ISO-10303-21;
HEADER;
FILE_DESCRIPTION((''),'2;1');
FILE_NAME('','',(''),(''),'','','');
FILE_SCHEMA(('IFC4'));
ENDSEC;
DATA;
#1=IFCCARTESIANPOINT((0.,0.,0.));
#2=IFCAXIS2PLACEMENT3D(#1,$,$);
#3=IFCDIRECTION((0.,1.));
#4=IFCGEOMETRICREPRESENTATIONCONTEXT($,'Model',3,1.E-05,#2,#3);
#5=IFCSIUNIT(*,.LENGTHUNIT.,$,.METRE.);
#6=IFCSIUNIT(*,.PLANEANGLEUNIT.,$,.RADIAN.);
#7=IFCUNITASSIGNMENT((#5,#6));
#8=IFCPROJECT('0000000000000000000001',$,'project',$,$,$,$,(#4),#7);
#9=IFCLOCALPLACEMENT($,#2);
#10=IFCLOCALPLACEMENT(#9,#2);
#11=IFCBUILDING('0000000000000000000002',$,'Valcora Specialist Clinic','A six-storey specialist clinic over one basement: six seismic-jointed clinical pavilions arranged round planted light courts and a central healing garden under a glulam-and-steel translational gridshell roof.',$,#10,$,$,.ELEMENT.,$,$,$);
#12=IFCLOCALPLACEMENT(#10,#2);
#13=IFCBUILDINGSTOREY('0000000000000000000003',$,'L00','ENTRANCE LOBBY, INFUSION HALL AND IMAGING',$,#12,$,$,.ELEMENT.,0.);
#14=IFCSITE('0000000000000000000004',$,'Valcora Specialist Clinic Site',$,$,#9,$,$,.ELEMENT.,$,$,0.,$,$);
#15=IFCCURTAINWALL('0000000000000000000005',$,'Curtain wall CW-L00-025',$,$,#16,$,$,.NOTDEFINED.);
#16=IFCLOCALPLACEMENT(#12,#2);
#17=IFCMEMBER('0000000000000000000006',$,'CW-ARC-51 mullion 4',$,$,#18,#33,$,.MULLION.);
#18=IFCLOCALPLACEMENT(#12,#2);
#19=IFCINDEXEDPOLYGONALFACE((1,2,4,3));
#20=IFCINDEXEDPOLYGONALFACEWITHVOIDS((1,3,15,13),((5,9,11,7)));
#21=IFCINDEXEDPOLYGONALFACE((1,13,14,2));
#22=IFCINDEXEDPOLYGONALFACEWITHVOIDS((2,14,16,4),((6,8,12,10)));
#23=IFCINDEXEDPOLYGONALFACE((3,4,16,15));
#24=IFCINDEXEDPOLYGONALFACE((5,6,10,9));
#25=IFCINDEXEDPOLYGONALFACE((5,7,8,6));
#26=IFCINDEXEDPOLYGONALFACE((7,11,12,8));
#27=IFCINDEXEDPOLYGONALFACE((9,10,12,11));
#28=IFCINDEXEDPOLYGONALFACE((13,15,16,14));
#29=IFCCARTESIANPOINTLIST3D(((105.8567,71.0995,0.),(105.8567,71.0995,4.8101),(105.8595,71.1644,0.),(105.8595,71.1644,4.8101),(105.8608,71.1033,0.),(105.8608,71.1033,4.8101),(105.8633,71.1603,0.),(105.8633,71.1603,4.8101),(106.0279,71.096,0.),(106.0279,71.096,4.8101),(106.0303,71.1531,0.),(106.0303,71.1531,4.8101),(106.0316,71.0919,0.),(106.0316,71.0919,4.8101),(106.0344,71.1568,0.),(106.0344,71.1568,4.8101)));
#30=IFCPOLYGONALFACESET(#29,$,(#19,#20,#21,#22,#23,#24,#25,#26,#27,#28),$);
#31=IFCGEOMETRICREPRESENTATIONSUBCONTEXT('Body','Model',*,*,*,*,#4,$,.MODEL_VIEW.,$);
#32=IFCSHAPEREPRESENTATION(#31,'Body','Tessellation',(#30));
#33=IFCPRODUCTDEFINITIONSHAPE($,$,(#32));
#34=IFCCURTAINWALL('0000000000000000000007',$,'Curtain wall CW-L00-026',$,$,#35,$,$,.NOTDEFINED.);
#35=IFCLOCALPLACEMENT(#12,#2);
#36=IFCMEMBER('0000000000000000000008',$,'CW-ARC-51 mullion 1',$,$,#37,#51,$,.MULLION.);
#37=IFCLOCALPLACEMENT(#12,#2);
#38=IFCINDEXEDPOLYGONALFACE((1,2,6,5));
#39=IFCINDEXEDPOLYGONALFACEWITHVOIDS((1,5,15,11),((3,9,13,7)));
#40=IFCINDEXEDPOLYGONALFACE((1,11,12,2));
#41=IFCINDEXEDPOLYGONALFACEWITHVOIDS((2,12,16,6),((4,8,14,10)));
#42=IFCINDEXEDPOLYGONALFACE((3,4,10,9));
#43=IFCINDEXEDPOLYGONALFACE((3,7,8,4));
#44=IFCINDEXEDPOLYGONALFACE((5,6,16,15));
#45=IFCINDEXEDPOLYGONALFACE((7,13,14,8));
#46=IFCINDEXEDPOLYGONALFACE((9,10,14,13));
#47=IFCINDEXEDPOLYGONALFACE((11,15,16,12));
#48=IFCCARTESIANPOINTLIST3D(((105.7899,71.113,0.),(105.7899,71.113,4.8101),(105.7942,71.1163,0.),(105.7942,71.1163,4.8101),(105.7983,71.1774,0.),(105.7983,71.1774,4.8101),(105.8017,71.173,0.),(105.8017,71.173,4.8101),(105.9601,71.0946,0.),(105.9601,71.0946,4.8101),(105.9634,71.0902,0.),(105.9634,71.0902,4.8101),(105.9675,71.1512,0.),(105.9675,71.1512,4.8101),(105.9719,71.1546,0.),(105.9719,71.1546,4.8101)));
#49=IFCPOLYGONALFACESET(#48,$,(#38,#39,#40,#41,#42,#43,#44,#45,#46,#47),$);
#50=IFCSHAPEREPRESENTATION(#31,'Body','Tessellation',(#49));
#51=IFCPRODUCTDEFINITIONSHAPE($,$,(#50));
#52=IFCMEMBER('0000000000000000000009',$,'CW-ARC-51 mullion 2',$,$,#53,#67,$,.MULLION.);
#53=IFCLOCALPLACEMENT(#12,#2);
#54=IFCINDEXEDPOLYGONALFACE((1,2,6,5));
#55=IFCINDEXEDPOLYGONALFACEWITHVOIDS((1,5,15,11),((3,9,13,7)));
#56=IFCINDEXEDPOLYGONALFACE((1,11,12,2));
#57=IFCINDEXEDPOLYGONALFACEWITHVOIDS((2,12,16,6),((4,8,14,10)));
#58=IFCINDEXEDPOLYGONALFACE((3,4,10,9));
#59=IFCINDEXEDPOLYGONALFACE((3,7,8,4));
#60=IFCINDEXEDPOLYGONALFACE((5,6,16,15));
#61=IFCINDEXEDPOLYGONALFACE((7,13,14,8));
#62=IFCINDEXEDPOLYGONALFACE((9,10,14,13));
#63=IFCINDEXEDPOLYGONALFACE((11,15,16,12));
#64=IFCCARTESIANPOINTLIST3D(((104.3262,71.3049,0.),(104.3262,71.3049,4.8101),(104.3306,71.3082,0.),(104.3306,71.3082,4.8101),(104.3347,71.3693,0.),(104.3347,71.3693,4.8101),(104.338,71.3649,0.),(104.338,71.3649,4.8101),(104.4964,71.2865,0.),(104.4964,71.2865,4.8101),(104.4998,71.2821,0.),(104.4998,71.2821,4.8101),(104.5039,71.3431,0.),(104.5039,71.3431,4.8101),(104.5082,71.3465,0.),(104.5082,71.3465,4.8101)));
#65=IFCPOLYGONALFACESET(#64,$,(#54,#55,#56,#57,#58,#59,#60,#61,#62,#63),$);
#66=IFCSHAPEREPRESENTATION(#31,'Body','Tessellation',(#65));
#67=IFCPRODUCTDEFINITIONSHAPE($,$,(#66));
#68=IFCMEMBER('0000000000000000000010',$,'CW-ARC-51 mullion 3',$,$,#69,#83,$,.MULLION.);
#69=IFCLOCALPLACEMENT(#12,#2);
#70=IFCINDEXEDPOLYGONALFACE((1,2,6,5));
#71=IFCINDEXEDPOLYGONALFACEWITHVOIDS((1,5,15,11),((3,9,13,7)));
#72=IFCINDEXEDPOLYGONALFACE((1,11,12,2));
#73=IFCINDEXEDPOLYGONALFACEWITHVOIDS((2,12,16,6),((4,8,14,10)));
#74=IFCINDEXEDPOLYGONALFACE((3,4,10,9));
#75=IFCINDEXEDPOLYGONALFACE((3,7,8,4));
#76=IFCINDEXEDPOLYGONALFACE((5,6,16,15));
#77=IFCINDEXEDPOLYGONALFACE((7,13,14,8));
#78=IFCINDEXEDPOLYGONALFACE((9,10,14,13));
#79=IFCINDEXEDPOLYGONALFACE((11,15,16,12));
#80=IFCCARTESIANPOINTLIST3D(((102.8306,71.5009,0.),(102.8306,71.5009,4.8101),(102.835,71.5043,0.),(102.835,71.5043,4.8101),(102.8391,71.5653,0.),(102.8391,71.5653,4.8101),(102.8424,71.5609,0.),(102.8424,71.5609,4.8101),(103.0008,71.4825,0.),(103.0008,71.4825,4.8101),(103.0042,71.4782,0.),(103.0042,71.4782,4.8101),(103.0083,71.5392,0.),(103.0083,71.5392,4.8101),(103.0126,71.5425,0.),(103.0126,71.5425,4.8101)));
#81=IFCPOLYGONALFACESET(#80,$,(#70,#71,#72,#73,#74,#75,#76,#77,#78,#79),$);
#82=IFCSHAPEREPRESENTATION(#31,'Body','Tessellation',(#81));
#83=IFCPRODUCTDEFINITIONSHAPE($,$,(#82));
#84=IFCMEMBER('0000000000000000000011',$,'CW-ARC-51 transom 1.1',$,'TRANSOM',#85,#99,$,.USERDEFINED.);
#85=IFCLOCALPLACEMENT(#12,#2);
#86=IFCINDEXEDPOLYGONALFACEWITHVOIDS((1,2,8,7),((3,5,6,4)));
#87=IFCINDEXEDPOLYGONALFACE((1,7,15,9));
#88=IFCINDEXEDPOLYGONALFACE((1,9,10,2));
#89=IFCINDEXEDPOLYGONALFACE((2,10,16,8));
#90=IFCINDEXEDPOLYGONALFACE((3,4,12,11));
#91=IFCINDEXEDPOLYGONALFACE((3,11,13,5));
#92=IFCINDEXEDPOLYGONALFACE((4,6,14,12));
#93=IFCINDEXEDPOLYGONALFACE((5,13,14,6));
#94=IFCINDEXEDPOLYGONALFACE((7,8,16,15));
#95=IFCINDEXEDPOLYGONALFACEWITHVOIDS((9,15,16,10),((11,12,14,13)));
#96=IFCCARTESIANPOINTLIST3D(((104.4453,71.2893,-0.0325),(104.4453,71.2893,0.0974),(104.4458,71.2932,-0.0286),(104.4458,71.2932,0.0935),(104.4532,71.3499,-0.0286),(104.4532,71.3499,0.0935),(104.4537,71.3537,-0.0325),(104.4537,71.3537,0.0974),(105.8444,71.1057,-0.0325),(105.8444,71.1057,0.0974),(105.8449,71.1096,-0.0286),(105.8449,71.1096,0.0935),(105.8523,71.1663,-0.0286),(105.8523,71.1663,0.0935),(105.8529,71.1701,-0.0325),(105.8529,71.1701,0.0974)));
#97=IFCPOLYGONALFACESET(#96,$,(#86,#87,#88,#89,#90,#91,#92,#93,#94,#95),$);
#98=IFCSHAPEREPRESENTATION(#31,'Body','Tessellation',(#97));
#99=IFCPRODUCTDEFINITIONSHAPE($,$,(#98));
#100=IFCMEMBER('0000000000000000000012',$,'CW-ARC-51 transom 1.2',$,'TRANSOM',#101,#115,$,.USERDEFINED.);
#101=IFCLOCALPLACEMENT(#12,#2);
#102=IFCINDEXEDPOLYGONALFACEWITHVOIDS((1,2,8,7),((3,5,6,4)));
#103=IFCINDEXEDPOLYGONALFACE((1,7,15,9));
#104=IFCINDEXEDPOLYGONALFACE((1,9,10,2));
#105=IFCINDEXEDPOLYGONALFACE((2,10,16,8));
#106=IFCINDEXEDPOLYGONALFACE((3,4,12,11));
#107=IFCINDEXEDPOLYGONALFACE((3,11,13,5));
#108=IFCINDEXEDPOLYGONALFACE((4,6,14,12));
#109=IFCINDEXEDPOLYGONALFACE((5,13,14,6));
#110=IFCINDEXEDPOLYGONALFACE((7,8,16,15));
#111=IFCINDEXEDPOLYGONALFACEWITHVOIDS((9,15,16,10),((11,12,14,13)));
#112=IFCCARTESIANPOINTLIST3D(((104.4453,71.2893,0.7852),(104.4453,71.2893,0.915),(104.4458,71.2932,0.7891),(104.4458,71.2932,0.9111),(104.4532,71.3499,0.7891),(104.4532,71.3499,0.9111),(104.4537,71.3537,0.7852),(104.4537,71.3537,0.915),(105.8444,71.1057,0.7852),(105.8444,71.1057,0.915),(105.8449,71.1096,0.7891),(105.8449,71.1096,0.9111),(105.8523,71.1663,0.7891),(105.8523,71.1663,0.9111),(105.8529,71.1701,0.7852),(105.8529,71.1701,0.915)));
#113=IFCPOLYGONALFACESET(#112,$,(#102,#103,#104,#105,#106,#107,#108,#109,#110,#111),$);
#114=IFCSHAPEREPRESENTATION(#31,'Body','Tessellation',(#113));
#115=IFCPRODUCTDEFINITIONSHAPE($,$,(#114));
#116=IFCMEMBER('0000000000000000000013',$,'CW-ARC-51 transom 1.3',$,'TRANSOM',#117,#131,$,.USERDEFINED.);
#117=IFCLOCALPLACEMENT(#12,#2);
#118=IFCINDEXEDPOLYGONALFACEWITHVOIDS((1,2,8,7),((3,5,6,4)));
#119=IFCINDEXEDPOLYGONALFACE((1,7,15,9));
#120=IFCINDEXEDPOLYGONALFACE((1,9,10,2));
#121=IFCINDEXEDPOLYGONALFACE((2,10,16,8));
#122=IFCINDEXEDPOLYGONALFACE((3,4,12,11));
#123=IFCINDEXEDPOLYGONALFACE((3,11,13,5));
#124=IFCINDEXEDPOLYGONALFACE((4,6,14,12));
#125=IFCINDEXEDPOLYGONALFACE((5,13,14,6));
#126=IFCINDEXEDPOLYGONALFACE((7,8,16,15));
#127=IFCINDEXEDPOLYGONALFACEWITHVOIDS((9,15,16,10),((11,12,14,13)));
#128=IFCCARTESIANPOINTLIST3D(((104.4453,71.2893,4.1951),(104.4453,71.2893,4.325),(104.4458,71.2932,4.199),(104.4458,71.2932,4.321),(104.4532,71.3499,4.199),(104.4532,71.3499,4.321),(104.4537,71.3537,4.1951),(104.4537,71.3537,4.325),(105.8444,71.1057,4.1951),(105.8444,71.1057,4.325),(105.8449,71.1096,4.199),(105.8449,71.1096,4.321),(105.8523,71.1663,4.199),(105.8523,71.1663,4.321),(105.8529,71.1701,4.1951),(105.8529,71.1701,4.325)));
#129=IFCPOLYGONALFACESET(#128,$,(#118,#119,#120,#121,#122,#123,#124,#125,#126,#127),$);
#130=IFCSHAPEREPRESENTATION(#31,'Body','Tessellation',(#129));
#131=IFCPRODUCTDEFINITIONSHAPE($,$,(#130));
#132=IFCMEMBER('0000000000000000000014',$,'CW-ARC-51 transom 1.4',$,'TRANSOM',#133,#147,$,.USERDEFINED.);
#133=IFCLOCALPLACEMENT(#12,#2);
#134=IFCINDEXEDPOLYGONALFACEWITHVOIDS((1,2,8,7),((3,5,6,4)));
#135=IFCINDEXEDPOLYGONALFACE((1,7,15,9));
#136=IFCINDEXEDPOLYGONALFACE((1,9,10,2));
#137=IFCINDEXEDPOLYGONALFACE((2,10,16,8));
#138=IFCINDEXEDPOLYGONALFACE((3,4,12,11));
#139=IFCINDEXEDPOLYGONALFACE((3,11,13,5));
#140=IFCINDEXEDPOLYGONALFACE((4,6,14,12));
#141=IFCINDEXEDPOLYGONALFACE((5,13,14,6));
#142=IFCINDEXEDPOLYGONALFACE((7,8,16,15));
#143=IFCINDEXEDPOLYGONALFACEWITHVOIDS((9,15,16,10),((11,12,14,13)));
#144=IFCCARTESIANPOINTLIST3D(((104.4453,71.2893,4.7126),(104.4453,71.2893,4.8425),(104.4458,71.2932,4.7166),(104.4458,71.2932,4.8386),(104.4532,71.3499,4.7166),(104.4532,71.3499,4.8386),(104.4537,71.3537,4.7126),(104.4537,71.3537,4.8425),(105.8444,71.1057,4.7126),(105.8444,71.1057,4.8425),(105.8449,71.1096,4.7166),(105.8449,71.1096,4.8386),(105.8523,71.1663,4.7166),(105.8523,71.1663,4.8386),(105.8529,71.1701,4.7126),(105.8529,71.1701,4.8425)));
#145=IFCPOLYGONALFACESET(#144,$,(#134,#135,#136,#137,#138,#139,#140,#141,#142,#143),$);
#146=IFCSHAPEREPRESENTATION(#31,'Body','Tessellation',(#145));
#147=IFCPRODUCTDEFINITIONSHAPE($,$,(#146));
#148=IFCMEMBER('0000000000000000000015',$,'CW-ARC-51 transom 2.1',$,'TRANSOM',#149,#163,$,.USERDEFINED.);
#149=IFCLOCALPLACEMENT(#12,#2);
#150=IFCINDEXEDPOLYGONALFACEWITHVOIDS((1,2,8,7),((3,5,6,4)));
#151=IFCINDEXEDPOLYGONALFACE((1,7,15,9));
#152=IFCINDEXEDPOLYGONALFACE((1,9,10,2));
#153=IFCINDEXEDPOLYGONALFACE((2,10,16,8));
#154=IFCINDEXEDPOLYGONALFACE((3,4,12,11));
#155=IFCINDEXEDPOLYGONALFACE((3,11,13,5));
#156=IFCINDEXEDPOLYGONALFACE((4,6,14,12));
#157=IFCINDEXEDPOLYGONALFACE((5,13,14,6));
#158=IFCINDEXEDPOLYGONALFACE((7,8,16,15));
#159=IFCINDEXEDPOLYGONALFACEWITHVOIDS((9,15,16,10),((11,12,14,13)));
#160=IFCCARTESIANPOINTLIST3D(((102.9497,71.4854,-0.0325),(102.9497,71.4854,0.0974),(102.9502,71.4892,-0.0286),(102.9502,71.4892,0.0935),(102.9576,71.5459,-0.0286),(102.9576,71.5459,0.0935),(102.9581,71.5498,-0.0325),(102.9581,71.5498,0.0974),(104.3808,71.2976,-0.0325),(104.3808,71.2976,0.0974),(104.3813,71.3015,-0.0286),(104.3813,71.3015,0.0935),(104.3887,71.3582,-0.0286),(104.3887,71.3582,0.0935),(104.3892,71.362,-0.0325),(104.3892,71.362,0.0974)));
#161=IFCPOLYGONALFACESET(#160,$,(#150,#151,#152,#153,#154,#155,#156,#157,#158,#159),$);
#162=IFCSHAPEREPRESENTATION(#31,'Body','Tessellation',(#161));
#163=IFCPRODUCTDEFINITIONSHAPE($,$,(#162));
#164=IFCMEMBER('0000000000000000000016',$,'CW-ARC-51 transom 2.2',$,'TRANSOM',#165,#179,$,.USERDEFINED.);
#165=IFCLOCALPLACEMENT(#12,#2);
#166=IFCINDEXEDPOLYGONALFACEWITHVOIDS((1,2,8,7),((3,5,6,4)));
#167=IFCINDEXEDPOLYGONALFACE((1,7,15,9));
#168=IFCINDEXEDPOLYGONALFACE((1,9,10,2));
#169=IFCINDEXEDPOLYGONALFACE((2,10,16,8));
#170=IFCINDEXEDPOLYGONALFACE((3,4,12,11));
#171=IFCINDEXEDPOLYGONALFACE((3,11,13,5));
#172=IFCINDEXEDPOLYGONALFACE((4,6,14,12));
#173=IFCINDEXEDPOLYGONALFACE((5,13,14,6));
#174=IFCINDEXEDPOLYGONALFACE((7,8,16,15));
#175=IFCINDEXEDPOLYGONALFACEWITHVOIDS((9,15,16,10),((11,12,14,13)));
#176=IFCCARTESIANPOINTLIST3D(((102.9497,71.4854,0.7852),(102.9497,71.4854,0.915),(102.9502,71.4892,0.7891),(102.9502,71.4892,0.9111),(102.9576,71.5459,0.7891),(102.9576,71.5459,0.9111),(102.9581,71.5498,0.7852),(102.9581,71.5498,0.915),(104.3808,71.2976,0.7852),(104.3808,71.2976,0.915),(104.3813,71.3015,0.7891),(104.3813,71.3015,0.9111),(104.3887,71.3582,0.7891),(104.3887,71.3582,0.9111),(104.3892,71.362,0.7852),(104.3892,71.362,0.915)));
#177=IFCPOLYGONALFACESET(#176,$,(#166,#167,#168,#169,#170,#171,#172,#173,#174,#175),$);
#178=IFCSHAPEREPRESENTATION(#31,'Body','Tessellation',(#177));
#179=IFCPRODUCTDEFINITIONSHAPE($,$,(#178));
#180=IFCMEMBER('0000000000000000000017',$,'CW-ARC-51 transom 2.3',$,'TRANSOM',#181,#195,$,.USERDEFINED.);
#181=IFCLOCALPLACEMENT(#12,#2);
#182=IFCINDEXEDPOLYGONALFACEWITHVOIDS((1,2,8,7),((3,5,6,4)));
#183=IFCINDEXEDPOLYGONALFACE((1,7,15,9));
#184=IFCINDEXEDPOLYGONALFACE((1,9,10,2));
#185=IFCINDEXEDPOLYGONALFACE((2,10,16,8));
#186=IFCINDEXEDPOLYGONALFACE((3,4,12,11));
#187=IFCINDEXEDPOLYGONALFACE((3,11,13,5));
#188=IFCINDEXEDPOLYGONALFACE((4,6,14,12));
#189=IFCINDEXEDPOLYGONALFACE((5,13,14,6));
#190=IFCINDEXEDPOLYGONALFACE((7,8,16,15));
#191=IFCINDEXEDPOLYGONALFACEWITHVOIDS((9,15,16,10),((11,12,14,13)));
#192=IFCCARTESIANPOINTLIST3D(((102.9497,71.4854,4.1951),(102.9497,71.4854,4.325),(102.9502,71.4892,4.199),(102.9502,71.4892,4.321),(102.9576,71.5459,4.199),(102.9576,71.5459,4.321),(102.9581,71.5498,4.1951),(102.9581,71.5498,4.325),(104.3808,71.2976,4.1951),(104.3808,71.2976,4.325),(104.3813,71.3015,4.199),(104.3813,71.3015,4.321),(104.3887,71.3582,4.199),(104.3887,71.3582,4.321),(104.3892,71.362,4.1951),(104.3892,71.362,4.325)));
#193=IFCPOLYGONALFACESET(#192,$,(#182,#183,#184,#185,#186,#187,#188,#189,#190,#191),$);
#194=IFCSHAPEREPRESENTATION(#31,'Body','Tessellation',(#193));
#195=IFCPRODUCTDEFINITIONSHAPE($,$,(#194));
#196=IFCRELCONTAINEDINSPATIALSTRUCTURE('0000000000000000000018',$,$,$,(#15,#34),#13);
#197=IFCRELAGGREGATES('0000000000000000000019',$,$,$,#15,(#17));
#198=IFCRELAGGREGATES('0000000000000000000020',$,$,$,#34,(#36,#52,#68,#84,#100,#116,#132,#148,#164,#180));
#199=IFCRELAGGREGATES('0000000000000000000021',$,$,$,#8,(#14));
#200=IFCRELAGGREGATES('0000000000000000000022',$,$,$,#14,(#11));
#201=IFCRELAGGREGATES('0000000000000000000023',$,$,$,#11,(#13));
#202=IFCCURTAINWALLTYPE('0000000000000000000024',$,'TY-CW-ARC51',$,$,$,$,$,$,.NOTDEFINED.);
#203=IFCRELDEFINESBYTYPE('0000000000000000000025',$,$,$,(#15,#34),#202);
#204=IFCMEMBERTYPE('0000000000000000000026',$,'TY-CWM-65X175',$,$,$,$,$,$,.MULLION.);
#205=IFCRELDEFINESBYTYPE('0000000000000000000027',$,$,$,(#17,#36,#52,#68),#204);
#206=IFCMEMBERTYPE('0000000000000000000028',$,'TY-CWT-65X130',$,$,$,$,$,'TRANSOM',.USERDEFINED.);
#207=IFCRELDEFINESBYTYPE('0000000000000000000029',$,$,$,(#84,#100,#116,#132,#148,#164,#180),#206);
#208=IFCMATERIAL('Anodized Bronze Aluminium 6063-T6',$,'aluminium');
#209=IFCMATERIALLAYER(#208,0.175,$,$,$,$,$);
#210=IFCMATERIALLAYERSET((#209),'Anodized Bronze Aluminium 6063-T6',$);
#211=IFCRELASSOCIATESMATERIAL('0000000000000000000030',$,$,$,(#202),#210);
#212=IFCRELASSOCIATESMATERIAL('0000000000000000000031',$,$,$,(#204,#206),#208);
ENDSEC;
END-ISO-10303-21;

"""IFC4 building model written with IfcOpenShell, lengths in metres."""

from ifc_helpers import new_model, si_unit, direction, frame, origin, origin_2d, place, context, subcontext, project, spatial, hollow_rectangle, extrude, material, layer, layer_set, material_profile, profile_set, type_object, element, aggregate, save


model = new_model("IFC4")

# Units and contexts
model_context = context("Model", 3, precision=1e-05, world=origin(), true_north=direction((0.0, 1.0)))
body_context = subcontext(model_context, "Body", "Model", "MODEL_VIEW")
ifc_project = project(units=[si_unit("LENGTHUNIT", "METRE"), si_unit("PLANEANGLEUNIT", "RADIAN")], contexts=[model_context])

# Site, building, storey
site_placement = place(None, origin())
site = spatial("IfcSite", under=ifc_project, at=site_placement, Name="Valcora Specialist Clinic Site", CompositionType="ELEMENT", RefElevation=0.0)
building_placement = place(site_placement, origin())
building = spatial("IfcBuilding", under=site, at=building_placement, Name="Valcora Specialist Clinic", Description="A six-storey specialist clinic over one basement: six seismic-jointed clinical pavilions arranged round planted light courts and a central healing garden under a glulam-and-steel translational gridshell roof.", CompositionType="ELEMENT")
storey_placement = place(building_placement, origin())
storey = spatial("IfcBuildingStorey", under=building, at=storey_placement, Name="L00", Description="ENTRANCE LOBBY, INFUSION HALL AND IMAGING", CompositionType="ELEMENT", Elevation=0.0)

# Curtain wall, member
ifc_material_1 = material(Name="Anodized Bronze Aluminium 6063-T6", Category="aluminium")
ifc_layer_1 = layer(ifc_material_1, 0.175)
ifc_layer_set_1 = layer_set([ifc_layer_1], Name="Anodized Bronze Aluminium 6063-T6")
curtain_wall_type = type_object("IfcCurtainWallType", Name="TY-CW-ARC51", PredefinedType="NOTDEFINED", material=ifc_layer_set_1)
curtain_wall_1_placement = place(storey_placement, origin())
curtain_wall_1 = element("IfcCurtainWall", 1, at=curtain_wall_1_placement, inside=storey, type_object=curtain_wall_type, Name="Curtain wall CW-L00-025", PredefinedType="NOTDEFINED")
ifc_material_profile_1 = material_profile(ifc_material_1, hollow_rectangle(XDim=0.0649, YDim=0.175, WallThickness=0.0039, at=origin_2d()), Name="AL-MUL-65X175")
ifc_profile_set_1 = profile_set([ifc_material_profile_1], Name="Anodized Bronze Aluminium 6063-T6")
member_type_1 = type_object("IfcMemberType", Name="TY-CWM-65X175", PredefinedType="MULLION", material=ifc_profile_set_1)
member_1_placement = place(storey_placement, frame((105.9456, 71.1282, 0.0), z_axis=(0.0, 0.0, 1.0), x_axis=(-0.043307, -0.999062, 0.0)))
member_1 = element("IfcMember", 2, at=member_1_placement, type_object=member_type_1, Name="CW-ARC-51 mullion 4", PredefinedType="MULLION", context=body_context, shape_type="SweptSolid", body=[
    extrude(hollow_rectangle(XDim=0.0649, YDim=0.175, WallThickness=0.0039, at=origin_2d()), origin(), (0.0, 0.0, 1.0), 4.8101),
])

# Curtain wall, members
curtain_wall_2_placement = place(storey_placement, origin())
curtain_wall_2 = element("IfcCurtainWall", 3, at=curtain_wall_2_placement, inside=storey, type_object=curtain_wall_type, Name="Curtain wall CW-L00-026", PredefinedType="NOTDEFINED")
member_2_placement = place(storey_placement, frame((105.8809, 71.1338, 0.0), z_axis=(0.0, 0.0, 1.0), x_axis=(-0.129999, -0.991514, 0.0)))
member_2 = element("IfcMember", 4, at=member_2_placement, type_object=member_type_1, Name="CW-ARC-51 mullion 1", PredefinedType="MULLION", context=body_context, shape_type="SweptSolid", body=[
    extrude(hollow_rectangle(XDim=0.0649, YDim=0.175, WallThickness=0.0039, at=origin_2d()), origin(), (0.0, 0.0, 1.0), 4.8101),
])
member_3_placement = place(storey_placement, frame((104.4172, 71.3257, 0.0), z_axis=(0.0, 0.0, 1.0), x_axis=(-0.129999, -0.991514, 0.0)))
member_3 = element("IfcMember", 5, at=member_3_placement, type_object=member_type_1, Name="CW-ARC-51 mullion 2", PredefinedType="MULLION", context=body_context, shape_type="SweptSolid", body=[
    extrude(hollow_rectangle(XDim=0.0649, YDim=0.175, WallThickness=0.0039, at=origin_2d()), origin(), (0.0, 0.0, 1.0), 4.8101),
])
member_4_placement = place(storey_placement, frame((102.9216, 71.5217, 0.0), z_axis=(0.0, 0.0, 1.0), x_axis=(-0.129999, -0.991514, 0.0)))
member_4 = element("IfcMember", 6, at=member_4_placement, type_object=member_type_1, Name="CW-ARC-51 mullion 3", PredefinedType="MULLION", context=body_context, shape_type="SweptSolid", body=[
    extrude(hollow_rectangle(XDim=0.0649, YDim=0.175, WallThickness=0.0039, at=origin_2d()), origin(), (0.0, 0.0, 1.0), 4.8101),
])
ifc_material_profile_2 = material_profile(ifc_material_1, hollow_rectangle(XDim=0.0649, YDim=0.1299, WallThickness=0.0039, at=origin_2d()), Name="AL-TRN-65X130")
ifc_profile_set_2 = profile_set([ifc_material_profile_2], Name="Anodized Bronze Aluminium 6063-T6")
member_type_2 = type_object("IfcMemberType", Name="TY-CWT-65X130", ElementType="TRANSOM", PredefinedType="USERDEFINED", material=ifc_profile_set_2)
member_5_placement = place(storey_placement, frame((105.8486, 71.1379, 0.0325), z_axis=(-0.991501, 0.130101, 0.0), x_axis=(-0.130101, -0.991501, 0.0)))
member_5 = element("IfcMember", 7, at=member_5_placement, type_object=member_type_2, Name="CW-ARC-51 transom 1.1", ObjectType="TRANSOM", PredefinedType="USERDEFINED", context=body_context, shape_type="SweptSolid", body=[
    extrude(hollow_rectangle(XDim=0.0649, YDim=0.1299, WallThickness=0.0039, at=origin_2d()), origin(), (0.0, 0.0, 1.0), 1.4111),
])
member_6_placement = place(storey_placement, frame((105.8486, 71.1379, 0.8501), z_axis=(-0.991501, 0.130101, 0.0), x_axis=(-0.130101, -0.991501, 0.0)))
member_6 = element("IfcMember", 8, at=member_6_placement, type_object=member_type_2, Name="CW-ARC-51 transom 1.2", ObjectType="TRANSOM", PredefinedType="USERDEFINED", context=body_context, shape_type="SweptSolid", body=[
    extrude(hollow_rectangle(XDim=0.0649, YDim=0.1299, WallThickness=0.0039, at=origin_2d()), origin(), (0.0, 0.0, 1.0), 1.4111),
])
member_7_placement = place(storey_placement, frame((105.8486, 71.1379, 4.26), z_axis=(-0.991501, 0.130101, 0.0), x_axis=(-0.130101, -0.991501, 0.0)))
member_7 = element("IfcMember", 9, at=member_7_placement, type_object=member_type_2, Name="CW-ARC-51 transom 1.3", ObjectType="TRANSOM", PredefinedType="USERDEFINED", context=body_context, shape_type="SweptSolid", body=[
    extrude(hollow_rectangle(XDim=0.0649, YDim=0.1299, WallThickness=0.0039, at=origin_2d()), origin(), (0.0, 0.0, 1.0), 1.4111),
])
member_8_placement = place(storey_placement, frame((105.8486, 71.1379, 4.7776), z_axis=(-0.991501, 0.130101, 0.0), x_axis=(-0.130101, -0.991501, 0.0)))
member_8 = element("IfcMember", 10, at=member_8_placement, type_object=member_type_2, Name="CW-ARC-51 transom 1.4", ObjectType="TRANSOM", PredefinedType="USERDEFINED", context=body_context, shape_type="SweptSolid", body=[
    extrude(hollow_rectangle(XDim=0.0649, YDim=0.1299, WallThickness=0.0039, at=origin_2d()), origin(), (0.0, 0.0, 1.0), 1.4111),
])
member_9_placement = place(storey_placement, frame((104.385, 71.3298, 0.0325), z_axis=(-0.991505, 0.130069, 0.0), x_axis=(-0.130069, -0.991505, 0.0)))
member_9 = element("IfcMember", 11, at=member_9_placement, type_object=member_type_2, Name="CW-ARC-51 transom 2.1", ObjectType="TRANSOM", PredefinedType="USERDEFINED", context=body_context, shape_type="SweptSolid", body=[
    extrude(hollow_rectangle(XDim=0.0649, YDim=0.1299, WallThickness=0.0039, at=origin_2d()), origin(), (0.0, 0.0, 1.0), 1.4434),
])
member_10_placement = place(storey_placement, frame((104.385, 71.3298, 0.8501), z_axis=(-0.991505, 0.130069, 0.0), x_axis=(-0.130069, -0.991505, 0.0)))
member_10 = element("IfcMember", 12, at=member_10_placement, type_object=member_type_2, Name="CW-ARC-51 transom 2.2", ObjectType="TRANSOM", PredefinedType="USERDEFINED", context=body_context, shape_type="SweptSolid", body=[
    extrude(hollow_rectangle(XDim=0.0649, YDim=0.1299, WallThickness=0.0039, at=origin_2d()), origin(), (0.0, 0.0, 1.0), 1.4434),
])
member_11_placement = place(storey_placement, frame((104.385, 71.3298, 4.26), z_axis=(-0.991505, 0.130069, 0.0), x_axis=(-0.130069, -0.991505, 0.0)))
member_11 = element("IfcMember", 13, at=member_11_placement, type_object=member_type_2, Name="CW-ARC-51 transom 2.3", ObjectType="TRANSOM", PredefinedType="USERDEFINED", context=body_context, shape_type="SweptSolid", body=[
    extrude(hollow_rectangle(XDim=0.0649, YDim=0.1299, WallThickness=0.0039, at=origin_2d()), origin(), (0.0, 0.0, 1.0), 1.4434),
])

aggregate(curtain_wall_1, [member_1])
aggregate(curtain_wall_2, [member_2, member_3, member_4, member_5, member_6, member_7, member_8, member_9, member_10, member_11])

save(model, "model.ifc")
